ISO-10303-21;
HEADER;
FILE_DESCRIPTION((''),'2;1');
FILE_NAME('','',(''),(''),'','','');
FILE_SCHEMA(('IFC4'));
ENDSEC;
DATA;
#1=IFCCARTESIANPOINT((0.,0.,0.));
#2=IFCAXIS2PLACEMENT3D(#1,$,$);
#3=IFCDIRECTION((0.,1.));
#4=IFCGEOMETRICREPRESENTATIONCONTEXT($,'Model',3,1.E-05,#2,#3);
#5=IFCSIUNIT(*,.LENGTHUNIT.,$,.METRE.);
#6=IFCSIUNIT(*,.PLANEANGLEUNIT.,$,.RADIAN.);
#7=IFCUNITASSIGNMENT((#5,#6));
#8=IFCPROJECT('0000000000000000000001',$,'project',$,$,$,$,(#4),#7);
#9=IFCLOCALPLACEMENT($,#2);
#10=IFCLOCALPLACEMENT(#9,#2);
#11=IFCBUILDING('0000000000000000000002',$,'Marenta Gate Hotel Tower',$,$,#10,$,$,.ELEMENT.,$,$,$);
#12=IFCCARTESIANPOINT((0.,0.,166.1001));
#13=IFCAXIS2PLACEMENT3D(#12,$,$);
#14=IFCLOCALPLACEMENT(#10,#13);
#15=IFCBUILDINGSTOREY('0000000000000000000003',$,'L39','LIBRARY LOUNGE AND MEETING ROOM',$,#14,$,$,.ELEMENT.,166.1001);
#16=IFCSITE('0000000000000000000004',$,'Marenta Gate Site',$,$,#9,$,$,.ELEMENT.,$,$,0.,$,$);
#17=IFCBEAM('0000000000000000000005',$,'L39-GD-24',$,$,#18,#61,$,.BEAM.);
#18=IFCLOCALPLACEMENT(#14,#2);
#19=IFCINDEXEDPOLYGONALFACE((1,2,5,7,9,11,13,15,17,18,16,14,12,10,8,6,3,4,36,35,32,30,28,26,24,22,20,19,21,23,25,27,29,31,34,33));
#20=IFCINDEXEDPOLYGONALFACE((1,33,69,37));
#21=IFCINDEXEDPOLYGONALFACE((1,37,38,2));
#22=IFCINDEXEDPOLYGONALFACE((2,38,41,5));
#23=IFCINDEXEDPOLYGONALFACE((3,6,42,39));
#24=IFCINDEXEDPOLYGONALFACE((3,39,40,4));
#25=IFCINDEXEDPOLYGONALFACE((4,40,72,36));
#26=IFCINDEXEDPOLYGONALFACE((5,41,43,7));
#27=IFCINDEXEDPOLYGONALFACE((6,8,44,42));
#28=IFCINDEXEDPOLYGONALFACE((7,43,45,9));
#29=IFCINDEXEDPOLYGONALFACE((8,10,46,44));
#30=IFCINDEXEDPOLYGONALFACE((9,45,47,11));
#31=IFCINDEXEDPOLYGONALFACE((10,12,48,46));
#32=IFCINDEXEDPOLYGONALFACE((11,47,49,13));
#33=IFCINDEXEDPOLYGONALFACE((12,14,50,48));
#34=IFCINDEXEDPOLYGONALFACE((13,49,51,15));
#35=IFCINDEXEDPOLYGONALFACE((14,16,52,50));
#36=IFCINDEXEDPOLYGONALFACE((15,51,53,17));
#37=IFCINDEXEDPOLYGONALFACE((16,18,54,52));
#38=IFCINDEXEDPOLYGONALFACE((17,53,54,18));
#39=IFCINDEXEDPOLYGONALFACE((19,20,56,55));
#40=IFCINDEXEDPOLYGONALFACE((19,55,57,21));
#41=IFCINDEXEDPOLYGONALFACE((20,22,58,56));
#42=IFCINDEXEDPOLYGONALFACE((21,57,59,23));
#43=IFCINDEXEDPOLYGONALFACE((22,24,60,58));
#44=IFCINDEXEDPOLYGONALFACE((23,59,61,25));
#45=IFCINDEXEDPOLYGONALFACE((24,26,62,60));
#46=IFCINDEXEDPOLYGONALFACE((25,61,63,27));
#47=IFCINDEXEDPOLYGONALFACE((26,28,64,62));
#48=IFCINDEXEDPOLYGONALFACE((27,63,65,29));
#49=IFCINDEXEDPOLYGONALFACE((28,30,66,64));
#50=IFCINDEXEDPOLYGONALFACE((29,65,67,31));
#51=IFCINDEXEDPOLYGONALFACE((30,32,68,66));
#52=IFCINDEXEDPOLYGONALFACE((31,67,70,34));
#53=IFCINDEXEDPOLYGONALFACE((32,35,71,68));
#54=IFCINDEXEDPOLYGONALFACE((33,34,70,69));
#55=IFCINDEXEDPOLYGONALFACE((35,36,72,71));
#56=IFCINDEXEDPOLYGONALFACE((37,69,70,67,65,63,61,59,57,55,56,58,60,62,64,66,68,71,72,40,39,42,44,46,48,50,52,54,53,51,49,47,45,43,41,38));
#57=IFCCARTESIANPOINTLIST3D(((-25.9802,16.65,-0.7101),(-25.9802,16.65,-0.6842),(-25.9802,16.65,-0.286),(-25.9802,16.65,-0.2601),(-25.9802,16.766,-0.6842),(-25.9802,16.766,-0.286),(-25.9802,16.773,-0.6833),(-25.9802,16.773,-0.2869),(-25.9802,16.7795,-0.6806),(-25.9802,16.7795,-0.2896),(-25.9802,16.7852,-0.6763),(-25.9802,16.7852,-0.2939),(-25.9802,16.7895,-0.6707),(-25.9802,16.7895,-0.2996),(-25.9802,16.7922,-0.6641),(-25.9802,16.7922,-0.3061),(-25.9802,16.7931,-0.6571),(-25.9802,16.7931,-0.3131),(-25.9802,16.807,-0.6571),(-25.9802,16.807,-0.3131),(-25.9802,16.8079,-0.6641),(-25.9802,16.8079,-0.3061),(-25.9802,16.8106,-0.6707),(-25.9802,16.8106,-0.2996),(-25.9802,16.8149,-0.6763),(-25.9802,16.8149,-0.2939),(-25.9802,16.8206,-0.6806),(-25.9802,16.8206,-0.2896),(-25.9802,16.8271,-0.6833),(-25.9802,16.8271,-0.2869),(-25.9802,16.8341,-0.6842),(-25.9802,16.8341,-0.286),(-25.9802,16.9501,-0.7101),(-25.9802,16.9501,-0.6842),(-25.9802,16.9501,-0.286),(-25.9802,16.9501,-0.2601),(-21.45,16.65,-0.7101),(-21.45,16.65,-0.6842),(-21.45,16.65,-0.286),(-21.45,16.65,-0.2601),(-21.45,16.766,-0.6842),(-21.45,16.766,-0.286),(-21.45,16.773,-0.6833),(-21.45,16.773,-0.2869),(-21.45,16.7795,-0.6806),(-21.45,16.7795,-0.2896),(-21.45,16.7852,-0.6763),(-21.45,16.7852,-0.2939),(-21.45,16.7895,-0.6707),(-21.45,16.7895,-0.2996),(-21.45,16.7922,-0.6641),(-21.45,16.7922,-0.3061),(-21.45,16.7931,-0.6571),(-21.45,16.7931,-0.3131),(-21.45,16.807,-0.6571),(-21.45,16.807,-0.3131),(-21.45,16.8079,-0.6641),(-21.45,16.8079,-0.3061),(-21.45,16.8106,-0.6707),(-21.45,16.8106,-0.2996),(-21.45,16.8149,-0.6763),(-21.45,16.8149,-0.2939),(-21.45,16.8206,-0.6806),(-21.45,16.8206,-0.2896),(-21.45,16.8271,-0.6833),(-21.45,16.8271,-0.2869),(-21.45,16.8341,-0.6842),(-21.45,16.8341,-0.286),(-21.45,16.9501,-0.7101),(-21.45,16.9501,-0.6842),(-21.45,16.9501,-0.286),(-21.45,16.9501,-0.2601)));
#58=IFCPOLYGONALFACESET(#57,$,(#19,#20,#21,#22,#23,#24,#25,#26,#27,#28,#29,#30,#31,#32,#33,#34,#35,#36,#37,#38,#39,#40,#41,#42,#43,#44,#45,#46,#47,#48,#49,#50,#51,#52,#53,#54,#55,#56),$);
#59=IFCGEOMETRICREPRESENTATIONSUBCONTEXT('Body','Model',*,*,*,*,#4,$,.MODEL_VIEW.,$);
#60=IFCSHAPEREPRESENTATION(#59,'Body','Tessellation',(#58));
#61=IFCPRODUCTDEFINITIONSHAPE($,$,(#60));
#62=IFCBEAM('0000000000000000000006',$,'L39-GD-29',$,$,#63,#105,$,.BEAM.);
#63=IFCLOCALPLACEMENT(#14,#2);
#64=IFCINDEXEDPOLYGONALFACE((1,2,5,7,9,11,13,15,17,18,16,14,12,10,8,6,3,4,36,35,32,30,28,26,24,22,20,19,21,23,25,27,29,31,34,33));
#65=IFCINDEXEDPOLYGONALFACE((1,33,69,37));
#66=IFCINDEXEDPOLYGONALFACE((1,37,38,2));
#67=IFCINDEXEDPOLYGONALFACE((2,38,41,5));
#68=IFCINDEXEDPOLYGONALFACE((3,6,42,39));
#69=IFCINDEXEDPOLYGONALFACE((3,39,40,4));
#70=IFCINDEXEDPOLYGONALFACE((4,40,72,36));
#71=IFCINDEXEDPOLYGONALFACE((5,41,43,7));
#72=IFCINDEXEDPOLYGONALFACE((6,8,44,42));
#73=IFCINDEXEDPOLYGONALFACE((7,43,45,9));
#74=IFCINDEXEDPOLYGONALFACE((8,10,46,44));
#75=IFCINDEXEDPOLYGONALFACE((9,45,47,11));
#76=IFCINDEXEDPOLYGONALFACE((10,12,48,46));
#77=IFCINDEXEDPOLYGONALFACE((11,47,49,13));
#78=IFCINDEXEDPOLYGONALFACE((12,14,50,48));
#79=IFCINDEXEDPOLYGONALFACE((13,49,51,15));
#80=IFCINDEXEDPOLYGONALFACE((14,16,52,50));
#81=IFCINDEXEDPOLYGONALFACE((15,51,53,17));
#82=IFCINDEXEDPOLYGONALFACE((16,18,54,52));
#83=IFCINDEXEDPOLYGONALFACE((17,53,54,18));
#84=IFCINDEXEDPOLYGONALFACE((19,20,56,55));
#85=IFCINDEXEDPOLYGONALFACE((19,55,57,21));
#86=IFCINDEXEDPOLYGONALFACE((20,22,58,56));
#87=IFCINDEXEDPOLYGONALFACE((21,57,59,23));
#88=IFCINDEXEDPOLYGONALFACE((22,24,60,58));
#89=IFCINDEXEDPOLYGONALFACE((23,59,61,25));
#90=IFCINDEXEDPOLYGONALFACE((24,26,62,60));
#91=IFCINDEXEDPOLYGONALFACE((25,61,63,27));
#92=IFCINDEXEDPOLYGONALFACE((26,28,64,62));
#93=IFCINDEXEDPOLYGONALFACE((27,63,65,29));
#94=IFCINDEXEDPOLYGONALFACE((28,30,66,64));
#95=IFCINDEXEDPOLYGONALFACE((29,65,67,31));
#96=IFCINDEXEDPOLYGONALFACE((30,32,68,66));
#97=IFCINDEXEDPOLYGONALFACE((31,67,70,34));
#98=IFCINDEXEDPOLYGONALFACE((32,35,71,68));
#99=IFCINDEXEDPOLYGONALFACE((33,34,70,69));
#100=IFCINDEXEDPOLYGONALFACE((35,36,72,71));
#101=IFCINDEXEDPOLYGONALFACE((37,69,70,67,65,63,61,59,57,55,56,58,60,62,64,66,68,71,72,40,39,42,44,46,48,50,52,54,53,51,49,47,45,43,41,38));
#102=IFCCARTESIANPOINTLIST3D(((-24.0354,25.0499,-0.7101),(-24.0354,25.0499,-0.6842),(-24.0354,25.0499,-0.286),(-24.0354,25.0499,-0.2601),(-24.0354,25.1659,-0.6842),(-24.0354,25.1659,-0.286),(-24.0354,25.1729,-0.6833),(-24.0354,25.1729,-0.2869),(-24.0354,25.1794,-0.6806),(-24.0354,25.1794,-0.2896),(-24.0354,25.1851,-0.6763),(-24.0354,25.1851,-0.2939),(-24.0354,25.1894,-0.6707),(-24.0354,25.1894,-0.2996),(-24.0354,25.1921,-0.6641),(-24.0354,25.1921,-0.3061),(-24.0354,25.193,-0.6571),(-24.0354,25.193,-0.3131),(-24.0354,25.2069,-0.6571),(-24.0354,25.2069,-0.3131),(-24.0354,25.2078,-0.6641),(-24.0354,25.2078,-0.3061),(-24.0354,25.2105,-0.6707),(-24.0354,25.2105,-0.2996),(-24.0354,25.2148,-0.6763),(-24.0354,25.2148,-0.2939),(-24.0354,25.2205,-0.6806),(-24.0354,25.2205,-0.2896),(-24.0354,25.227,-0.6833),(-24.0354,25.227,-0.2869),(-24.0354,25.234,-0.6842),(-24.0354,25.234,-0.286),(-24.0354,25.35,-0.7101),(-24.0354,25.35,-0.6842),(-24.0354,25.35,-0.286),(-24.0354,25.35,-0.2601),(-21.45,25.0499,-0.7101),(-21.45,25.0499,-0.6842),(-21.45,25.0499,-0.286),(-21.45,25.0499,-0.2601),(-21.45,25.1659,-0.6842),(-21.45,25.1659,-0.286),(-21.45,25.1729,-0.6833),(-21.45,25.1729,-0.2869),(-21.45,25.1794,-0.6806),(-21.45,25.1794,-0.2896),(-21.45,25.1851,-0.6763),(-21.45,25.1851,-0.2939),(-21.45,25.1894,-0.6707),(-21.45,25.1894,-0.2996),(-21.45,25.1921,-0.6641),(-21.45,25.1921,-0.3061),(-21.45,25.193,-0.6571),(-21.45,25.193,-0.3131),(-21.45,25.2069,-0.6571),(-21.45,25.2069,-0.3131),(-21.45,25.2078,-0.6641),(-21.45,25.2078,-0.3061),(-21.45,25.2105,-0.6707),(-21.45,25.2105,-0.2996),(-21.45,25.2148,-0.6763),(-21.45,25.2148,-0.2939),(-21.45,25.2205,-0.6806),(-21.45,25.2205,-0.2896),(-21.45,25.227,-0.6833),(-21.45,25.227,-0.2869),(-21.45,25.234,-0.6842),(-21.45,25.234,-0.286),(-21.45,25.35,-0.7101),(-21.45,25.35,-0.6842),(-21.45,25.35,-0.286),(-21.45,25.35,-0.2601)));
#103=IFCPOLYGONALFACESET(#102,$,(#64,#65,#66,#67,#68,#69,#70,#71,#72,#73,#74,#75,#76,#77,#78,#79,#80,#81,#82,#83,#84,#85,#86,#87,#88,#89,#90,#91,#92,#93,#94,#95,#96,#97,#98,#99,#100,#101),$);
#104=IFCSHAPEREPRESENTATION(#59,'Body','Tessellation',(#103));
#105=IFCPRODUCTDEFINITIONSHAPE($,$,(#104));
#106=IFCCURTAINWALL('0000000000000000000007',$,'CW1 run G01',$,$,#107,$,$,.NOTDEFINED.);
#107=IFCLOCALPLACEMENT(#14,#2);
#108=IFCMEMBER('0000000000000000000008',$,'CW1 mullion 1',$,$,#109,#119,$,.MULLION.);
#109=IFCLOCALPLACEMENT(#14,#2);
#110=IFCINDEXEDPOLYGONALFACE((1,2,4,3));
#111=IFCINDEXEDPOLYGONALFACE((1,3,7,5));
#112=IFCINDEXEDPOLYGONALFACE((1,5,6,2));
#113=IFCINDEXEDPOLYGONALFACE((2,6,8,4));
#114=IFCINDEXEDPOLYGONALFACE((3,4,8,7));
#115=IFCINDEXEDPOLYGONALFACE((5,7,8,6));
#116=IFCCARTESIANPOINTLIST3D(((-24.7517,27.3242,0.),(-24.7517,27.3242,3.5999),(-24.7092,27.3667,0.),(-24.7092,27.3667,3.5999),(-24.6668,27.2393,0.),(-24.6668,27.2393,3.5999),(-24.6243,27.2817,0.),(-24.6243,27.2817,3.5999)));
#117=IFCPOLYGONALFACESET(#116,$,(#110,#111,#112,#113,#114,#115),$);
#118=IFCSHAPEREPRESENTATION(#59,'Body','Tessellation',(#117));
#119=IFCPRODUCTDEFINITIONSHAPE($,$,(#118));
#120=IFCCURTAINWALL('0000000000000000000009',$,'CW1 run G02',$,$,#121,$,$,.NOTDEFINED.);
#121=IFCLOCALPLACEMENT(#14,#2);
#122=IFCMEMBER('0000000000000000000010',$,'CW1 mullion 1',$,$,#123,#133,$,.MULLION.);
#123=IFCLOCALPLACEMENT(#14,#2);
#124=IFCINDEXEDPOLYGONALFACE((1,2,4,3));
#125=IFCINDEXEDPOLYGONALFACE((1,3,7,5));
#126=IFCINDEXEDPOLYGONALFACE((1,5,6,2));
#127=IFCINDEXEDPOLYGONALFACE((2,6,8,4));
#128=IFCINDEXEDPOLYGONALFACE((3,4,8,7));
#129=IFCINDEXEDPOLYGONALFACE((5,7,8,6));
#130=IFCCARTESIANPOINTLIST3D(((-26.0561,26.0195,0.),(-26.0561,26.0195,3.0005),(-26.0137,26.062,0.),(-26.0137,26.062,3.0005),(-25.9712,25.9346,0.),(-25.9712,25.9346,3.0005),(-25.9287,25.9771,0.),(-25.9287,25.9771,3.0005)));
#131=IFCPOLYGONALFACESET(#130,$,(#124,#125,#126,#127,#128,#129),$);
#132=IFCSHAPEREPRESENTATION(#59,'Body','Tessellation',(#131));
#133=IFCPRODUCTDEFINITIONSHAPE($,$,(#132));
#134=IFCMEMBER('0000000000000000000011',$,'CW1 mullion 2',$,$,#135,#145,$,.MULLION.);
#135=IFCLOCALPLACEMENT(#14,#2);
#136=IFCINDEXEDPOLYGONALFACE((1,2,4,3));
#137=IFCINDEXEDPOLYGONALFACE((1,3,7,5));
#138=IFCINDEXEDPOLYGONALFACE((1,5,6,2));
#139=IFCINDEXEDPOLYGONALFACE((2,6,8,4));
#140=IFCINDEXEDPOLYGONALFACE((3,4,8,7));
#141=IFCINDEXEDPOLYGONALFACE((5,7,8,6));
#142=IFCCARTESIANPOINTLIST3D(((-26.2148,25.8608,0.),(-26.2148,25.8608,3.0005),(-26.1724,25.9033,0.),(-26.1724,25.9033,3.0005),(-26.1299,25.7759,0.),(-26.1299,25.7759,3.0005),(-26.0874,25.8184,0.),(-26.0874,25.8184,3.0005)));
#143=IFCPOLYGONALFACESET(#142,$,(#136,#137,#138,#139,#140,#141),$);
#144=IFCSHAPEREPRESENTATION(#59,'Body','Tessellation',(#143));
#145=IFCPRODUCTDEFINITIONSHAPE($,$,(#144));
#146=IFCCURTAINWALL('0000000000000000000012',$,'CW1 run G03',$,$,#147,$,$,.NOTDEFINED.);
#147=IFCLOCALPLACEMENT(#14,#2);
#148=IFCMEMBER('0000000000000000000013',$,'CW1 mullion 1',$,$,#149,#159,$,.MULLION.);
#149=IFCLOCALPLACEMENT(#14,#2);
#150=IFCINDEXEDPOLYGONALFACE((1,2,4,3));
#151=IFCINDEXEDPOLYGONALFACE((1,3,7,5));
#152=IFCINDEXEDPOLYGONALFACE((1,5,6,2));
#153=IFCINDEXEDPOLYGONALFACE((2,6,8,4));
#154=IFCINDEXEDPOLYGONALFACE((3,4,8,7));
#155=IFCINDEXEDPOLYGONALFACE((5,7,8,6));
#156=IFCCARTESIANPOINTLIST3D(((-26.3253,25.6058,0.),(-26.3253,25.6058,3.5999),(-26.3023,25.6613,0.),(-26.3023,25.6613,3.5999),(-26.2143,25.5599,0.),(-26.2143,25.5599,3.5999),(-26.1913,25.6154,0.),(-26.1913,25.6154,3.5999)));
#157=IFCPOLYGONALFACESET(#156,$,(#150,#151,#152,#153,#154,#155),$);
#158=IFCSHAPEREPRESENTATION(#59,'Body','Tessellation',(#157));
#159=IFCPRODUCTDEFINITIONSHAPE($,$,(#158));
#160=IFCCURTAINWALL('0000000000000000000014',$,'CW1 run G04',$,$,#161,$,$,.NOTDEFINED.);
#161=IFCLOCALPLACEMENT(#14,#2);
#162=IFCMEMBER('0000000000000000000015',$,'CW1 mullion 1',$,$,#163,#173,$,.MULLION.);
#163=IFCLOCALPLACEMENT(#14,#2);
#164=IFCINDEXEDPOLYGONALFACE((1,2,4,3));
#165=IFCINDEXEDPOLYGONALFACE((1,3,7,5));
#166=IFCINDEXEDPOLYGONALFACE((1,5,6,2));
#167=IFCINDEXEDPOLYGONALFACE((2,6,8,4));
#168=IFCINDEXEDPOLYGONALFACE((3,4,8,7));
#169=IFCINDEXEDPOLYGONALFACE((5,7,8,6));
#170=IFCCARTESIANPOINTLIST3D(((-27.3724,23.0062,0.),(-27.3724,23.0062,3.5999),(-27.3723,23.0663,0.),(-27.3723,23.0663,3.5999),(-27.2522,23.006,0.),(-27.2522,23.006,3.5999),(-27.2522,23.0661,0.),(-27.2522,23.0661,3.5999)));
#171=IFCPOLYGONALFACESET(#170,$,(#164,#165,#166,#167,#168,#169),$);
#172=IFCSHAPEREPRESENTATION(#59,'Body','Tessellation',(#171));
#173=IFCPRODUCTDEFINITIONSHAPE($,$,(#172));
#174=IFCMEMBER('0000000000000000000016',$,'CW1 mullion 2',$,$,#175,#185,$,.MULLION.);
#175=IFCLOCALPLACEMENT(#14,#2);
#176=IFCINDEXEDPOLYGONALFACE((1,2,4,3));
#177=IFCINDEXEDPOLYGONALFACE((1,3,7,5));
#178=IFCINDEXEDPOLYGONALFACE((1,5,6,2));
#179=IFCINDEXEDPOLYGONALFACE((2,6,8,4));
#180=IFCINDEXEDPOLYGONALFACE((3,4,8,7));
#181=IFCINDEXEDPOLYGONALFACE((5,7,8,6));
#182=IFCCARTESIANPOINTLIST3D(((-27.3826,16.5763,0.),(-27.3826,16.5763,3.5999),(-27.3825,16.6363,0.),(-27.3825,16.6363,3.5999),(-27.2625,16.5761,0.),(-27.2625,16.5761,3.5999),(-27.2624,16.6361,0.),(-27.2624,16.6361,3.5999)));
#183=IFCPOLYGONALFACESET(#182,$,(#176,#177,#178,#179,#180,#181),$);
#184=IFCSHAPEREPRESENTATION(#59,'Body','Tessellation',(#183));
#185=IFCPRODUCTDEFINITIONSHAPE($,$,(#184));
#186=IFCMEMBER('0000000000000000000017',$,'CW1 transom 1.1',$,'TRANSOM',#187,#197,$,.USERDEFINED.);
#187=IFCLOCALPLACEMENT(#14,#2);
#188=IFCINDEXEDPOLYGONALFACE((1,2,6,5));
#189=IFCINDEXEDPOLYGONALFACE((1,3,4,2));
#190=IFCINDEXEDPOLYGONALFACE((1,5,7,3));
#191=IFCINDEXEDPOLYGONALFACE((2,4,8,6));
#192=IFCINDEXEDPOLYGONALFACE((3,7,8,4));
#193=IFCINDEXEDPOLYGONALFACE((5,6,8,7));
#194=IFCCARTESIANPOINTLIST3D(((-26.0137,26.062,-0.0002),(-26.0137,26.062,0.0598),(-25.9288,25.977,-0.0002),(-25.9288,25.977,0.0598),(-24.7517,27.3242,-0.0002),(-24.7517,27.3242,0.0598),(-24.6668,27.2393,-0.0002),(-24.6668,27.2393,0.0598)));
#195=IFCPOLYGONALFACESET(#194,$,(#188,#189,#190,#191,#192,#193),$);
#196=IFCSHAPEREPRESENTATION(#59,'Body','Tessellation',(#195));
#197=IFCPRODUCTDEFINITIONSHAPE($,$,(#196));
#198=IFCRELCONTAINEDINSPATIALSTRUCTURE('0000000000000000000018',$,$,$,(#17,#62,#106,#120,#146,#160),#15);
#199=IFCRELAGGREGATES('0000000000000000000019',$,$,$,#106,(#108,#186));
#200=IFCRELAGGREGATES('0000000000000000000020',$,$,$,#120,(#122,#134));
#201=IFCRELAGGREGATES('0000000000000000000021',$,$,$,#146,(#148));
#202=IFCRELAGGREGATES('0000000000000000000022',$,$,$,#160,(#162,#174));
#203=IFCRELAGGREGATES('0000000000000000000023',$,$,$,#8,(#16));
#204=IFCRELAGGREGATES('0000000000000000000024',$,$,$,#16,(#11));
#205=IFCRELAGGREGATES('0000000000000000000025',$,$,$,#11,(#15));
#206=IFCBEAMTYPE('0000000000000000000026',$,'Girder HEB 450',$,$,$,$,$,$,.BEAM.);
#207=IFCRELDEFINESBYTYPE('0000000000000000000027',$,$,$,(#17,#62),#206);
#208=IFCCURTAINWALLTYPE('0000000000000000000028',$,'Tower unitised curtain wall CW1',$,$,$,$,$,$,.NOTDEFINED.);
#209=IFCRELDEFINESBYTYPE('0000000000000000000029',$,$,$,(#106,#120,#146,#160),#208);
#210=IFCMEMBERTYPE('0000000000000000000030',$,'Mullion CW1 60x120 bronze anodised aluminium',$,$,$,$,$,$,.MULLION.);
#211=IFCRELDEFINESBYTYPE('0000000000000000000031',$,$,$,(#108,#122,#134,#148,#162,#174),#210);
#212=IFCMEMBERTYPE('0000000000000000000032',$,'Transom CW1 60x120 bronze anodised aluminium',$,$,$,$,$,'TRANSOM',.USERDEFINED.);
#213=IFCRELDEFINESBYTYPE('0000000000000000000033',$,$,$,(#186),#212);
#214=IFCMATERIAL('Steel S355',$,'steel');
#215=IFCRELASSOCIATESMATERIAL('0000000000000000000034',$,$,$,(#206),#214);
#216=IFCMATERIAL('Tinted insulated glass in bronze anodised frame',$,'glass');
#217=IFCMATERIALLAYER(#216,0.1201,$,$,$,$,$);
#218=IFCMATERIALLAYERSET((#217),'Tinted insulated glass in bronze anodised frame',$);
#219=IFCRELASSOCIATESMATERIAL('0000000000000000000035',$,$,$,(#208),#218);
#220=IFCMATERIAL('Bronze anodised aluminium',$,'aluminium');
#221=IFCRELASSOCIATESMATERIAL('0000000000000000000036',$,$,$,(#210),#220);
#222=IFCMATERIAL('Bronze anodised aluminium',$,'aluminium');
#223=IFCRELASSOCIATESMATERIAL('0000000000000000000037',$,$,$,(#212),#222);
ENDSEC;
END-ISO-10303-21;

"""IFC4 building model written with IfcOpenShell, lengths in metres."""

from ifc_helpers import new_model, si_unit, direction, frame, origin, origin_2d, place, context, subcontext, project, spatial, rectangle, i_section, extrude, material, layer, layer_set, material_profile, profile_set, type_object, element, aggregate, save


model = new_model("IFC4")

# Units and contexts
model_context = context("Model", 3, precision=1e-05, world=origin(), true_north=direction((0.0, 1.0)))
body_context = subcontext(model_context, "Body", "Model", "MODEL_VIEW")
ifc_project = project(units=[si_unit("LENGTHUNIT", "METRE"), si_unit("PLANEANGLEUNIT", "RADIAN")], contexts=[model_context])

# Site, building, storey
site_placement = place(None, origin())
site = spatial("IfcSite", under=ifc_project, at=site_placement, Name="Marenta Gate Site", CompositionType="ELEMENT", RefElevation=0.0)
building_placement = place(site_placement, origin())
building = spatial("IfcBuilding", under=site, at=building_placement, Name="Marenta Gate Hotel Tower", CompositionType="ELEMENT")
storey_placement = place(building_placement, frame((0.0, 0.0, 166.1001)))
storey = spatial("IfcBuildingStorey", under=building, at=storey_placement, Name="L39", Description="LIBRARY LOUNGE AND MEETING ROOM", CompositionType="ELEMENT", Elevation=166.1001)

# Beams
ifc_material_1 = material(Name="Steel S355", Category="steel")
ifc_material_profile_1 = material_profile(ifc_material_1, i_section(OverallWidth=0.3, OverallDepth=0.45, WebThickness=0.0139, FlangeThickness=0.0259, FilletRadius=0.0271, at=origin_2d()), Name="HEB 450")
ifc_profile_set_1 = profile_set([ifc_material_profile_1], Name="Steel S355")
beam_type_1 = type_object("IfcBeamType", Name="Girder HEB 450", PredefinedType="BEAM", material=ifc_profile_set_1)
beam_1_placement = place(storey_placement, frame((-25.9802, 16.8, -0.4851), z_axis=(1.0, 0.0, 0.0), x_axis=(0.0, 1.0, 0.0)))
element("IfcBeam", 1, at=beam_1_placement, inside=storey, type_object=beam_type_1, Name="L39-GD-24", PredefinedType="BEAM", context=body_context, shape_type="SweptSolid", body=[
    extrude(i_section(OverallWidth=0.3, OverallDepth=0.45, WebThickness=0.0139, FlangeThickness=0.0259, FilletRadius=0.0271, at=origin_2d()), origin(), (0.0, 0.0, 1.0), 4.5303),
])
beam_2_placement = place(storey_placement, frame((-24.0354, 25.2, -0.4851), z_axis=(1.0, 0.0, 0.0), x_axis=(0.0, 1.0, 0.0)))
element("IfcBeam", 2, at=beam_2_placement, inside=storey, type_object=beam_type_1, Name="L39-GD-29", PredefinedType="BEAM", context=body_context, shape_type="SweptSolid", body=[
    extrude(i_section(OverallWidth=0.3, OverallDepth=0.45, WebThickness=0.0139, FlangeThickness=0.0259, FilletRadius=0.0271, at=origin_2d()), origin(), (0.0, 0.0, 1.0), 2.5854),
])

# Curtain wall, member
ifc_material_2 = material(Name="Tinted insulated glass in bronze anodised frame", Category="glass")
ifc_layer_1 = layer(ifc_material_2, 0.1201)
ifc_layer_set_1 = layer_set([ifc_layer_1], Name="Tinted insulated glass in bronze anodised frame")
curtain_wall_type = type_object("IfcCurtainWallType", Name="Tower unitised curtain wall CW1", PredefinedType="NOTDEFINED", material=ifc_layer_set_1)
curtain_wall_1_placement = place(storey_placement, origin())
curtain_wall_1 = element("IfcCurtainWall", 3, at=curtain_wall_1_placement, inside=storey, type_object=curtain_wall_type, Name="CW1 run G01", PredefinedType="NOTDEFINED")
ifc_material_3 = material(Name="Bronze anodised aluminium", Category="aluminium")
ifc_material_profile_2 = material_profile(ifc_material_3, rectangle(XDim=0.1201, YDim=0.0601, at=origin_2d()), Name="Mullion CW1 60x120 bronze anodised aluminium")
ifc_profile_set_2 = profile_set([ifc_material_profile_2], Name="Bronze anodised aluminium")
member_type_1 = type_object("IfcMemberType", Name="Mullion CW1 60x120 bronze anodised aluminium", PredefinedType="MULLION", material=ifc_profile_set_2)
member_1_placement = place(storey_placement, frame((-24.688, 27.303, 0.0), z_axis=(0.0, 0.0, 1.0), x_axis=(0.707107, -0.707107, 0.0)))
member_1 = element("IfcMember", 4, at=member_1_placement, type_object=member_type_1, Name="CW1 mullion 1", PredefinedType="MULLION", context=body_context, shape_type="SweptSolid", body=[
    extrude(rectangle(XDim=0.1201, YDim=0.0601, at=origin_2d()), origin(), (0.0, 0.0, 1.0), 3.5999),
])

# Curtain wall, members
curtain_wall_2_placement = place(storey_placement, origin())
curtain_wall_2 = element("IfcCurtainWall", 5, at=curtain_wall_2_placement, inside=storey, type_object=curtain_wall_type, Name="CW1 run G02", PredefinedType="NOTDEFINED")
member_2_placement = place(storey_placement, frame((-25.9924, 25.9983, 0.0), z_axis=(0.0, 0.0, 1.0), x_axis=(0.707107, -0.707107, 0.0)))
member_2 = element("IfcMember", 6, at=member_2_placement, type_object=member_type_1, Name="CW1 mullion 1", PredefinedType="MULLION", context=body_context, shape_type="SweptSolid", body=[
    extrude(rectangle(XDim=0.1201, YDim=0.0601, at=origin_2d()), origin(), (0.0, 0.0, 1.0), 3.0005),
])
member_3_placement = place(storey_placement, frame((-26.1511, 25.8396, 0.0), z_axis=(0.0, 0.0, 1.0), x_axis=(0.707107, -0.707107, 0.0)))
member_3 = element("IfcMember", 7, at=member_3_placement, type_object=member_type_1, Name="CW1 mullion 2", PredefinedType="MULLION", context=body_context, shape_type="SweptSolid", body=[
    extrude(rectangle(XDim=0.1201, YDim=0.0601, at=origin_2d()), origin(), (0.0, 0.0, 1.0), 3.0005),
])

# Curtain wall, member
curtain_wall_3_placement = place(storey_placement, origin())
curtain_wall_3 = element("IfcCurtainWall", 8, at=curtain_wall_3_placement, inside=storey, type_object=curtain_wall_type, Name="CW1 run G03", PredefinedType="NOTDEFINED")
member_4_placement = place(storey_placement, frame((-26.2583, 25.6106, 0.0), z_axis=(0.0, 0.0, 1.0), x_axis=(0.923885, -0.382671, 0.0)))
member_4 = element("IfcMember", 9, at=member_4_placement, type_object=member_type_1, Name="CW1 mullion 1", PredefinedType="MULLION", context=body_context, shape_type="SweptSolid", body=[
    extrude(rectangle(XDim=0.1201, YDim=0.0601, at=origin_2d()), origin(), (0.0, 0.0, 1.0), 3.5999),
])

# Curtain wall, members
curtain_wall_4_placement = place(storey_placement, origin())
curtain_wall_4 = element("IfcCurtainWall", 10, at=curtain_wall_4_placement, inside=storey, type_object=curtain_wall_type, Name="CW1 run G04", PredefinedType="NOTDEFINED")
member_5_placement = place(storey_placement, frame((-27.3123, 23.0361, 0.0), z_axis=(0.0, 0.0, 1.0), x_axis=(0.999999, -0.001566, 0.0)))
member_5 = element("IfcMember", 11, at=member_5_placement, type_object=member_type_1, Name="CW1 mullion 1", PredefinedType="MULLION", context=body_context, shape_type="SweptSolid", body=[
    extrude(rectangle(XDim=0.1201, YDim=0.0601, at=origin_2d()), origin(), (0.0, 0.0, 1.0), 3.5999),
])
member_6_placement = place(storey_placement, frame((-27.3225, 16.6062, 0.0), z_axis=(0.0, 0.0, 1.0), x_axis=(0.999999, -0.001566, 0.0)))
member_6 = element("IfcMember", 12, at=member_6_placement, type_object=member_type_1, Name="CW1 mullion 2", PredefinedType="MULLION", context=body_context, shape_type="SweptSolid", body=[
    extrude(rectangle(XDim=0.1201, YDim=0.0601, at=origin_2d()), origin(), (0.0, 0.0, 1.0), 3.5999),
])

# Member
ifc_material_4 = material(Name="Bronze anodised aluminium", Category="aluminium")
ifc_material_profile_3 = material_profile(ifc_material_4, rectangle(XDim=0.1201, YDim=0.0601, at=origin_2d()), Name="Transom CW1 60x120 bronze anodised aluminium")
ifc_profile_set_3 = profile_set([ifc_material_profile_3], Name="Bronze anodised aluminium")
member_type_2 = type_object("IfcMemberType", Name="Transom CW1 60x120 bronze anodised aluminium", ElementType="TRANSOM", PredefinedType="USERDEFINED", material=ifc_profile_set_3)
member_7_placement = place(storey_placement, frame((-24.7092, 27.2817, 0.0298), z_axis=(-0.707038, -0.707175, 0.0), x_axis=(0.707175, -0.707038, 0.0)))
member_7 = element("IfcMember", 13, at=member_7_placement, type_object=member_type_2, Name="CW1 transom 1.1", ObjectType="TRANSOM", PredefinedType="USERDEFINED", context=body_context, shape_type="SweptSolid", body=[
    extrude(rectangle(XDim=0.1201, YDim=0.0601, at=origin_2d()), origin(), (0.0, 0.0, 1.0), 1.7849),
])

aggregate(curtain_wall_1, [member_1, member_7])
aggregate(curtain_wall_2, [member_2, member_3])
aggregate(curtain_wall_3, [member_4])
aggregate(curtain_wall_4, [member_5, member_6])

save(model, "model.ifc")
